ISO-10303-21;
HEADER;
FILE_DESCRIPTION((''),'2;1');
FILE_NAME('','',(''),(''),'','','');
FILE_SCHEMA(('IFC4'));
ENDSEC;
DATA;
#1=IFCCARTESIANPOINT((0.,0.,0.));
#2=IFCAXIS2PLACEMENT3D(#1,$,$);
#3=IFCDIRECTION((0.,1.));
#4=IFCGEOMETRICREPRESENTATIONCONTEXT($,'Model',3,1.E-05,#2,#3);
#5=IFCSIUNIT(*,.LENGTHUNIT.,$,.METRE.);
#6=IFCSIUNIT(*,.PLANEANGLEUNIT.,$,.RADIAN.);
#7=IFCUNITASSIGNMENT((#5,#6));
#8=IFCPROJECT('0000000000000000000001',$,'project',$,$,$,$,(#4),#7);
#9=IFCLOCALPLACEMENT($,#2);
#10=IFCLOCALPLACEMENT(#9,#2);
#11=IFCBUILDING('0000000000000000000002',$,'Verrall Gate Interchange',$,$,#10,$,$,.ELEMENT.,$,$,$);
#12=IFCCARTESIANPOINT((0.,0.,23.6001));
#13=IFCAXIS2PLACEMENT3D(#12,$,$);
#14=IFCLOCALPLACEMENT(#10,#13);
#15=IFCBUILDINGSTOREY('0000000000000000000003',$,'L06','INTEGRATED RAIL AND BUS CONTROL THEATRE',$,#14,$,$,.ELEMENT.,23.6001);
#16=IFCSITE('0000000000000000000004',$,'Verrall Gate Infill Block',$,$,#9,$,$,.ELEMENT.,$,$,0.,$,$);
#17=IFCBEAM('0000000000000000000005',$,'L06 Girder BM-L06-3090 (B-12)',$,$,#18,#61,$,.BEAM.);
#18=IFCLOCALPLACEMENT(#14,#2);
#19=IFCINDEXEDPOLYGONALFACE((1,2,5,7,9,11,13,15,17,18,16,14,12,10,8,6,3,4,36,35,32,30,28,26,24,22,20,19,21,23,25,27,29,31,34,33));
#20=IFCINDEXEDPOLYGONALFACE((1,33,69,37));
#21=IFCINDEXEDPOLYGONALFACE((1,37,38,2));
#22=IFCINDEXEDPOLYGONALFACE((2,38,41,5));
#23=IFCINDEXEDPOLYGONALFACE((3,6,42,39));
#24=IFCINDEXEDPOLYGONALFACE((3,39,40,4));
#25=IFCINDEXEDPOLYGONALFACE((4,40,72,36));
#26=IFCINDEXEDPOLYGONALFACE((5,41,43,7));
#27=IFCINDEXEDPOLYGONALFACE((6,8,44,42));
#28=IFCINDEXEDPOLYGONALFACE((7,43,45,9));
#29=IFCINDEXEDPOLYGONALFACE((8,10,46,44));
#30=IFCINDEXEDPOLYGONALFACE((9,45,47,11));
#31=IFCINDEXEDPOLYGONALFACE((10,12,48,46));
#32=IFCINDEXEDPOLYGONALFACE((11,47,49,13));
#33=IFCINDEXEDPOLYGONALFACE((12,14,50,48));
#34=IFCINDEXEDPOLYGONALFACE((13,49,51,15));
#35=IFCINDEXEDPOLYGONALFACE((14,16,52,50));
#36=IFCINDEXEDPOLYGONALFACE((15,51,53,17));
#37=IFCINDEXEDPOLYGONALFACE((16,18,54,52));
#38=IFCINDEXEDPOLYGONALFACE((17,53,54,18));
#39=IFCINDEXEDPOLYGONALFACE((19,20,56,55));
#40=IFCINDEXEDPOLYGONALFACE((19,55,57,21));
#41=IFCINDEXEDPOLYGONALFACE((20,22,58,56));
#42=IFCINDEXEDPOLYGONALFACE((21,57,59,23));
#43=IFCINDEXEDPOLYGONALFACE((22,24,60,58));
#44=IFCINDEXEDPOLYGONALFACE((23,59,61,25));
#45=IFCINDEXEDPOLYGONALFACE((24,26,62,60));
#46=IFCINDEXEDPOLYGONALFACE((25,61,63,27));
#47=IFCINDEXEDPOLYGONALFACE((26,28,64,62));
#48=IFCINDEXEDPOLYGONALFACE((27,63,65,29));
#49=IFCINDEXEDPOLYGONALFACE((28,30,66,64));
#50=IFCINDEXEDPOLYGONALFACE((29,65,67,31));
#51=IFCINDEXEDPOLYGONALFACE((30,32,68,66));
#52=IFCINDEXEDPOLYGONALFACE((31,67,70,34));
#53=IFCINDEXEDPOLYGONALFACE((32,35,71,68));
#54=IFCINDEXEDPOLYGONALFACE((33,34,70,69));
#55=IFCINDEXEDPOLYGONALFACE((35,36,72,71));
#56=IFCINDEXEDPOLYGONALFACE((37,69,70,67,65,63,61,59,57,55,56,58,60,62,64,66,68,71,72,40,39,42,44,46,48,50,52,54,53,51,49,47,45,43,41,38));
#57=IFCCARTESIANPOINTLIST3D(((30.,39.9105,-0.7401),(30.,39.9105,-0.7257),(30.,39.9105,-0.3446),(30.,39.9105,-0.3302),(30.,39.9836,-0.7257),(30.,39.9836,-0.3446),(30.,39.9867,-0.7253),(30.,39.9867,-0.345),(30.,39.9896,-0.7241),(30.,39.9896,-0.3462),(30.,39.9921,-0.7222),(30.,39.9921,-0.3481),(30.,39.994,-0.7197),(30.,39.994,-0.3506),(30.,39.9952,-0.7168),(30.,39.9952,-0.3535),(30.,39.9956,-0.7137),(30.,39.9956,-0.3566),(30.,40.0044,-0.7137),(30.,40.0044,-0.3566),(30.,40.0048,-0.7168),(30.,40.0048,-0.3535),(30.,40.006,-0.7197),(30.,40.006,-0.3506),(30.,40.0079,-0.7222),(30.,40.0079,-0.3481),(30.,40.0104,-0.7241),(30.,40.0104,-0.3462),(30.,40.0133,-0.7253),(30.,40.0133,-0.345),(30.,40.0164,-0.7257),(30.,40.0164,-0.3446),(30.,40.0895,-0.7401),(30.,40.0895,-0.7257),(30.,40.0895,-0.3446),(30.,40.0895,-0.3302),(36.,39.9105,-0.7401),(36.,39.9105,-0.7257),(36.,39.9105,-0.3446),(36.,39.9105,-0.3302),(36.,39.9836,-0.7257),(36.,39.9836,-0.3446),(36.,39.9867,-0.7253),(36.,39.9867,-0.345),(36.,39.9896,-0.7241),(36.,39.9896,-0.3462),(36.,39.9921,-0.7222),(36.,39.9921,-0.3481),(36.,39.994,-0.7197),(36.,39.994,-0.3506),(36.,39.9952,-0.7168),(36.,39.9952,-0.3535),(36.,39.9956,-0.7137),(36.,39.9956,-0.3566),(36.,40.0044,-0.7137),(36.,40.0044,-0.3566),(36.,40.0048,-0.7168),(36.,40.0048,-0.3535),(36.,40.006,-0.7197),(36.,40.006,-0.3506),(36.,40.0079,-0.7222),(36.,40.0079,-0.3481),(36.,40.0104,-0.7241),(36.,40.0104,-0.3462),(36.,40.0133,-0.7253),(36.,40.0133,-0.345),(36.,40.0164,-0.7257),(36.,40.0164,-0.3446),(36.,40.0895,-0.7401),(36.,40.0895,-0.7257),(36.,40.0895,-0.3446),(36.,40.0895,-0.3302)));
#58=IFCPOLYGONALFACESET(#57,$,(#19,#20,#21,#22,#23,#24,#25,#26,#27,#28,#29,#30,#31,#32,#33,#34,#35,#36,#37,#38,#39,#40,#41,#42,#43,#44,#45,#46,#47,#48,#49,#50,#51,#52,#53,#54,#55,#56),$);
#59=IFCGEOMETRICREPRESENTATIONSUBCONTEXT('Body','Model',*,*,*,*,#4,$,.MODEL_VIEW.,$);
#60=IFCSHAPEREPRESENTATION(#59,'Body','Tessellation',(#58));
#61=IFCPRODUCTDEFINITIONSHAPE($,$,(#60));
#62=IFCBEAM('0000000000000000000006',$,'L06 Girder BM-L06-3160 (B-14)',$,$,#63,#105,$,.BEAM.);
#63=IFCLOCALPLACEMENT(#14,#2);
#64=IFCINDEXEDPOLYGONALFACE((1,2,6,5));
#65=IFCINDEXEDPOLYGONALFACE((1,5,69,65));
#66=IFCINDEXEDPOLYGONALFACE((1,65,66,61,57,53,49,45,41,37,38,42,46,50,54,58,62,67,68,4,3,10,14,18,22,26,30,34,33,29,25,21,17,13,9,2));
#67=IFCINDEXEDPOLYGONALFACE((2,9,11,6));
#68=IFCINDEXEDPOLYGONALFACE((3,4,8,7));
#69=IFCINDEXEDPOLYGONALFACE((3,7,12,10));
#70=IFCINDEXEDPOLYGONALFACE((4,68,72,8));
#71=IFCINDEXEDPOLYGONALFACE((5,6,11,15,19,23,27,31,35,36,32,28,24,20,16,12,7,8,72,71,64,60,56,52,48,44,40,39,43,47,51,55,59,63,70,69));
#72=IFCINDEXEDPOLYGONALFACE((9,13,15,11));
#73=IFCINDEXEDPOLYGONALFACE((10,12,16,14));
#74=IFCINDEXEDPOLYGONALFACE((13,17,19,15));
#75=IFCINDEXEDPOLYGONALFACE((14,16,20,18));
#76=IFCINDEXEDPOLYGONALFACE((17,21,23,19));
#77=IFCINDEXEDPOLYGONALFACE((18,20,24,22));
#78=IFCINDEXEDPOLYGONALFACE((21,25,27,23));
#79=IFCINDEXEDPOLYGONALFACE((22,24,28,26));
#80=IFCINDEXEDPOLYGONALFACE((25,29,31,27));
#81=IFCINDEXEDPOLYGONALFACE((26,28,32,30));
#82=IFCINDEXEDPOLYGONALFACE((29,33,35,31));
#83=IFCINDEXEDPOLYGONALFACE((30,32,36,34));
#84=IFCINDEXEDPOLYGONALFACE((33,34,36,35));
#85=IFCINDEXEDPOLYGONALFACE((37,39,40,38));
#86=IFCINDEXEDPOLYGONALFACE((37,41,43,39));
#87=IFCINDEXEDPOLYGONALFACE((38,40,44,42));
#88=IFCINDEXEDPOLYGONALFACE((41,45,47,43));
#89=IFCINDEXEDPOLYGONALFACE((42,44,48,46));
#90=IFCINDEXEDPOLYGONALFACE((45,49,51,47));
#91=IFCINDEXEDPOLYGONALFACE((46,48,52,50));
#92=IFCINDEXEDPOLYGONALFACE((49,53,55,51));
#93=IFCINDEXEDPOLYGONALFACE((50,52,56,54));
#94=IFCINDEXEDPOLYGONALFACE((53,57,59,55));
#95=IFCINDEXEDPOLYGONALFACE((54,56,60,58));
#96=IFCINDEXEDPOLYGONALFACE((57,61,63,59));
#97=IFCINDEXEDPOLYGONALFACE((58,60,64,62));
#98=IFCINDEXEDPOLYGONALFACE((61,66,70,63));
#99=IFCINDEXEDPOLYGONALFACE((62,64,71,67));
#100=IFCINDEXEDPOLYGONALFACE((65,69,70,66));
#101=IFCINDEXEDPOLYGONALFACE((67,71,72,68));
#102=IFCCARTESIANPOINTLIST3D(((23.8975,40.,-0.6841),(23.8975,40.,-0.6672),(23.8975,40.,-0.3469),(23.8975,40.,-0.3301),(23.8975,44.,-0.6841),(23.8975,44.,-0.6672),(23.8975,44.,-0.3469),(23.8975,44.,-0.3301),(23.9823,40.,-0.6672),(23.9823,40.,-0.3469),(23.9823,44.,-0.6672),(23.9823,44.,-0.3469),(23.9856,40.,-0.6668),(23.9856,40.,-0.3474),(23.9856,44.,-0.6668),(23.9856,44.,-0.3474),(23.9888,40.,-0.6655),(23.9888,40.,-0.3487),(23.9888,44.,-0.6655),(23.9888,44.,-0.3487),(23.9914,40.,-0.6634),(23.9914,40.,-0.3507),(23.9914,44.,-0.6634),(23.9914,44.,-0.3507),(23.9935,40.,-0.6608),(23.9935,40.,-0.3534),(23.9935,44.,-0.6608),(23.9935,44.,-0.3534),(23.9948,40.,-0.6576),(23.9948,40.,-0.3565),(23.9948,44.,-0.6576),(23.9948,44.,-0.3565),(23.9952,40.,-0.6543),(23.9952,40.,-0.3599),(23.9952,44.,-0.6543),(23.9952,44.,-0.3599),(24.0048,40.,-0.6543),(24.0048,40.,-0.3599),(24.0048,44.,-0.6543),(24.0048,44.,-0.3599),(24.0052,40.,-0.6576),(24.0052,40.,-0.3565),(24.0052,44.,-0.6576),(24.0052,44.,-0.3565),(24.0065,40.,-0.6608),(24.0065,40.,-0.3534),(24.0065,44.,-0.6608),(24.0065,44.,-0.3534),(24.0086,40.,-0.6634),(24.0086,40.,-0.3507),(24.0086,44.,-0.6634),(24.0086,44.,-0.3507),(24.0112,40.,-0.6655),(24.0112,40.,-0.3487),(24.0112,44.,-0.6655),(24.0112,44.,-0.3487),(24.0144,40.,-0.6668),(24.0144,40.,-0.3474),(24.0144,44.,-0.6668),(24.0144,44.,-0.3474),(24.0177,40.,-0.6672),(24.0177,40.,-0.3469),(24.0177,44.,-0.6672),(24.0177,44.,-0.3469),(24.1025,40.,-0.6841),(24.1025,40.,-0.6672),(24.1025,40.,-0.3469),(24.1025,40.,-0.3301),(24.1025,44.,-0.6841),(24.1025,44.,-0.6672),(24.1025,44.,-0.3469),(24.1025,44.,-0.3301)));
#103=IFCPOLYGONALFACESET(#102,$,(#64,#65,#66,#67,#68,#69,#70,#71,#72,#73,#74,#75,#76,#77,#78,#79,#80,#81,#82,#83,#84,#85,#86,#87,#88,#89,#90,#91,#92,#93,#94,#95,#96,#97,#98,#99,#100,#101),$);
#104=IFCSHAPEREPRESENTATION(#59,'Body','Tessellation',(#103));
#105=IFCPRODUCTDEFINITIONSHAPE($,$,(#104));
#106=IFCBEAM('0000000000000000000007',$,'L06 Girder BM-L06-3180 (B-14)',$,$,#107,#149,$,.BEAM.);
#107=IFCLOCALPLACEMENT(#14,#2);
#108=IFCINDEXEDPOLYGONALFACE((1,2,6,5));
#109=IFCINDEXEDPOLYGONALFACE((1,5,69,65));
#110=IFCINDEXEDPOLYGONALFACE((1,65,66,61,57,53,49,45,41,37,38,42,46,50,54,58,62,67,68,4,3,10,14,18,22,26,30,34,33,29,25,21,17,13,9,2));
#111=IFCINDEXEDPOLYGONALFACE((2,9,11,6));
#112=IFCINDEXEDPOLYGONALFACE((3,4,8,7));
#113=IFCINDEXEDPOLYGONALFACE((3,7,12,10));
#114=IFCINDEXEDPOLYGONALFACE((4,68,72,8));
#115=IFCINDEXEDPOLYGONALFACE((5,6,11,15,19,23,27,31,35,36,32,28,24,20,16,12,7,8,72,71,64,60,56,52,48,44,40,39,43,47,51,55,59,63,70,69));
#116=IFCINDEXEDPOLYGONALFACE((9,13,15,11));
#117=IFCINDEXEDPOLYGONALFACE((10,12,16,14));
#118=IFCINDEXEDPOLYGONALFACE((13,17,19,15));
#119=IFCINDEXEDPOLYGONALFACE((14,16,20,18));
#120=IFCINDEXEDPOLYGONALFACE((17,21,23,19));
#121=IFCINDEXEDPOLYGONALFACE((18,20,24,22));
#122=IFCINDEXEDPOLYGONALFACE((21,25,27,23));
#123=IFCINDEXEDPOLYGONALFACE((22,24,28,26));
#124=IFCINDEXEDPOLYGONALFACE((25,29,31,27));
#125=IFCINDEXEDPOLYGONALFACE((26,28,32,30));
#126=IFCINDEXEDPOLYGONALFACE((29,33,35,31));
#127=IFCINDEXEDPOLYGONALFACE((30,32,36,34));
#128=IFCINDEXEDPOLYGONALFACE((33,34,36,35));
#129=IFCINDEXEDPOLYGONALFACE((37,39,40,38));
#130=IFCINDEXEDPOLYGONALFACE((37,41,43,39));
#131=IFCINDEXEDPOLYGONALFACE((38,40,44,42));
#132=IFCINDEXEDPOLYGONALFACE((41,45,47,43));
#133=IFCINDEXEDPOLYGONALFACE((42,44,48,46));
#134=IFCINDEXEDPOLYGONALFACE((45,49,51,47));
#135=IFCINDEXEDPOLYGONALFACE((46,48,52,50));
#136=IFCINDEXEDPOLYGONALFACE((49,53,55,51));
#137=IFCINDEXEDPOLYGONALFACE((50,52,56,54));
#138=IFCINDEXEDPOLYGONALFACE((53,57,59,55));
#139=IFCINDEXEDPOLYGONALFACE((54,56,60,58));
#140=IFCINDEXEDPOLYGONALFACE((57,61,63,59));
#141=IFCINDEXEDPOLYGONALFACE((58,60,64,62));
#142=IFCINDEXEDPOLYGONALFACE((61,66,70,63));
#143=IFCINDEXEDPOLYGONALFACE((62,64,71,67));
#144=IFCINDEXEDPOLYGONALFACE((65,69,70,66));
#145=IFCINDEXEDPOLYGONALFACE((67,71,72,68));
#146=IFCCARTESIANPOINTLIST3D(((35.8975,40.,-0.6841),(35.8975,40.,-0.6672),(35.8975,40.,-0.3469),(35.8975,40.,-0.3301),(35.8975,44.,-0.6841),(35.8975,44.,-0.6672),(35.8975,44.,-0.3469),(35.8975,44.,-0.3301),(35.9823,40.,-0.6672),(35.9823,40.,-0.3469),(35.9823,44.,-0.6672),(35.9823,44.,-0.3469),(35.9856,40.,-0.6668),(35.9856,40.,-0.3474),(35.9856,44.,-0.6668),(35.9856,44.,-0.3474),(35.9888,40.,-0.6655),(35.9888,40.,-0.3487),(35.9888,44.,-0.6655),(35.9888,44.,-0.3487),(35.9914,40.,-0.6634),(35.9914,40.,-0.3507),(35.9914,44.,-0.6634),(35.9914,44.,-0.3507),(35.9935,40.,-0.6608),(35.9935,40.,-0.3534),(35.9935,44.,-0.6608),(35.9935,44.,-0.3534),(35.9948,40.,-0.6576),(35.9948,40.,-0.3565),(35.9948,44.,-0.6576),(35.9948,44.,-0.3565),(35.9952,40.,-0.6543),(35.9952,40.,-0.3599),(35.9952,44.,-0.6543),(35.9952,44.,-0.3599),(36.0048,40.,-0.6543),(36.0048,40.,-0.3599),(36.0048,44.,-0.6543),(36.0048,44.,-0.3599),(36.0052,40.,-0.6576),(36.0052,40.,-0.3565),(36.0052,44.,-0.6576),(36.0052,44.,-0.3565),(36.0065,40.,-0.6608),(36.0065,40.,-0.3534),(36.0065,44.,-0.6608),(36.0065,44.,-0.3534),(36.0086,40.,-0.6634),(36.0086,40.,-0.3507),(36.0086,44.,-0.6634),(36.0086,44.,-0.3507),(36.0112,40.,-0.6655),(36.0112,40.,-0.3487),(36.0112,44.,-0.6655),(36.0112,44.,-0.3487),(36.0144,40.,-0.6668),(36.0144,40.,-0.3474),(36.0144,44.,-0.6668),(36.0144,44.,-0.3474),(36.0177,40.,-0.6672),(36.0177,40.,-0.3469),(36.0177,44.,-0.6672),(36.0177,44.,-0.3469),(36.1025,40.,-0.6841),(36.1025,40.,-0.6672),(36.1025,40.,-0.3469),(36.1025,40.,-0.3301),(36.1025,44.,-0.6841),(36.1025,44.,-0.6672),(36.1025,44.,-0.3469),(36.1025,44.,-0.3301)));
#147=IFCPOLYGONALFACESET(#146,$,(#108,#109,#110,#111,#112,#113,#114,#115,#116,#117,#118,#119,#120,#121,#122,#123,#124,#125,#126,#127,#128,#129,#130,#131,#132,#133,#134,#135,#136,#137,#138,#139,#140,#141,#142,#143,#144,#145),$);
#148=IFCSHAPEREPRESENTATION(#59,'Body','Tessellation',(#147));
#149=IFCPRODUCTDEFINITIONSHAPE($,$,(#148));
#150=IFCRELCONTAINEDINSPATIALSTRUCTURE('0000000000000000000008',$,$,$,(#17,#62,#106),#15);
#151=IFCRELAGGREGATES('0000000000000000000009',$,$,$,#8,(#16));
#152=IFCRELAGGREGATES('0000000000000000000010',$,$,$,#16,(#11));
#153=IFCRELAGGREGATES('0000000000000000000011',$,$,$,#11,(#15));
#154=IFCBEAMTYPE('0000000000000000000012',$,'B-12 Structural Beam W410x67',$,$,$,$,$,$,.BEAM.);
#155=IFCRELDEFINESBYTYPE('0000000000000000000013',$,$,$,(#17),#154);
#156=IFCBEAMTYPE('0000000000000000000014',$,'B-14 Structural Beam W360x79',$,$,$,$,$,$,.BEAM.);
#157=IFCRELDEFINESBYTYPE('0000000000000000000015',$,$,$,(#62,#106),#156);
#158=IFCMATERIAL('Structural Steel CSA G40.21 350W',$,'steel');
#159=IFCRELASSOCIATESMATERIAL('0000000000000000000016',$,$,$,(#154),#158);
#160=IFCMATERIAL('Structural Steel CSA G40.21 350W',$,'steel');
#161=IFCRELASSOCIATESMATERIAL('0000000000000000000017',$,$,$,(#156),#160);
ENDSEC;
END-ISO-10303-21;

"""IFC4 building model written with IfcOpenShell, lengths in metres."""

from ifc_helpers import new_model, si_unit, direction, frame, origin, origin_2d, place, context, subcontext, project, spatial, i_section, extrude, material, material_profile, profile_set, type_object, element, save


model = new_model("IFC4")

# Units and contexts
model_context = context("Model", 3, precision=1e-05, world=origin(), true_north=direction((0.0, 1.0)))
body_context = subcontext(model_context, "Body", "Model", "MODEL_VIEW")
ifc_project = project(units=[si_unit("LENGTHUNIT", "METRE"), si_unit("PLANEANGLEUNIT", "RADIAN")], contexts=[model_context])

# Site, building, storey
site_placement = place(None, origin())
site = spatial("IfcSite", under=ifc_project, at=site_placement, Name="Verrall Gate Infill Block", CompositionType="ELEMENT", RefElevation=0.0)
building_placement = place(site_placement, origin())
building = spatial("IfcBuilding", under=site, at=building_placement, Name="Verrall Gate Interchange", CompositionType="ELEMENT")
storey_placement = place(building_placement, frame((0.0, 0.0, 23.6001)))
storey = spatial("IfcBuildingStorey", under=building, at=storey_placement, Name="L06", Description="INTEGRATED RAIL AND BUS CONTROL THEATRE", CompositionType="ELEMENT", Elevation=23.6001)

# Beams
ifc_material_1 = material(Name="Structural Steel CSA G40.21 350W", Category="steel")
ifc_material_profile_1 = material_profile(ifc_material_1, i_section(OverallWidth=0.179, OverallDepth=0.4099, WebThickness=0.0088, FlangeThickness=0.0144, FilletRadius=0.012, at=origin_2d()), Name="W410x67")
ifc_profile_set_1 = profile_set([ifc_material_profile_1], Name="Structural Steel CSA G40.21 350W")
beam_type_1 = type_object("IfcBeamType", Name="B-12 Structural Beam W410x67", PredefinedType="BEAM", material=ifc_profile_set_1)
beam_1_placement = place(storey_placement, frame((30.0, 40.0, -0.5352), z_axis=(1.0, 0.0, 0.0), x_axis=(0.0, 1.0, 0.0)))
element("IfcBeam", 1, at=beam_1_placement, inside=storey, type_object=beam_type_1, Name="L06 Girder BM-L06-3090 (B-12)", PredefinedType="BEAM", context=body_context, shape_type="SweptSolid", body=[
    extrude(i_section(OverallWidth=0.179, OverallDepth=0.4099, WebThickness=0.0088, FlangeThickness=0.0144, FilletRadius=0.012, at=origin_2d()), origin(), (0.0, 0.0, 1.0), 6.0),
])
ifc_material_2 = material(Name="Structural Steel CSA G40.21 350W", Category="steel")
ifc_material_profile_2 = material_profile(ifc_material_2, i_section(OverallWidth=0.2051, OverallDepth=0.354, WebThickness=0.0095, FlangeThickness=0.0168, FilletRadius=0.0129, at=origin_2d()), Name="W360x79")
ifc_profile_set_2 = profile_set([ifc_material_profile_2], Name="Structural Steel CSA G40.21 350W")
beam_type_2 = type_object("IfcBeamType", Name="B-14 Structural Beam W360x79", PredefinedType="BEAM", material=ifc_profile_set_2)
for number, where, z_axis, x_axis, name in (
    (2, (24.0, 40.0, -0.5071), (0.0, 1.0, 0.0), (-1.0, 0.0, 0.0), "L06 Girder BM-L06-3160 (B-14)"),
    (3, (36.0, 40.0, -0.5071), (0.0, 1.0, 0.0), (-1.0, 0.0, 0.0), "L06 Girder BM-L06-3180 (B-14)"),
):
    element("IfcBeam", number, at=place(storey_placement, frame(where, z_axis=z_axis, x_axis=x_axis)), inside=storey, type_object=beam_type_2, Name=name, PredefinedType="BEAM", context=body_context, shape_type="SweptSolid", body=[
        extrude(i_section(OverallWidth=0.2051, OverallDepth=0.354, WebThickness=0.0095, FlangeThickness=0.0168, FilletRadius=0.0129, at=origin_2d()), origin(), (0.0, 0.0, 1.0), 4.0),
    ])

save(model, "model.ifc")
